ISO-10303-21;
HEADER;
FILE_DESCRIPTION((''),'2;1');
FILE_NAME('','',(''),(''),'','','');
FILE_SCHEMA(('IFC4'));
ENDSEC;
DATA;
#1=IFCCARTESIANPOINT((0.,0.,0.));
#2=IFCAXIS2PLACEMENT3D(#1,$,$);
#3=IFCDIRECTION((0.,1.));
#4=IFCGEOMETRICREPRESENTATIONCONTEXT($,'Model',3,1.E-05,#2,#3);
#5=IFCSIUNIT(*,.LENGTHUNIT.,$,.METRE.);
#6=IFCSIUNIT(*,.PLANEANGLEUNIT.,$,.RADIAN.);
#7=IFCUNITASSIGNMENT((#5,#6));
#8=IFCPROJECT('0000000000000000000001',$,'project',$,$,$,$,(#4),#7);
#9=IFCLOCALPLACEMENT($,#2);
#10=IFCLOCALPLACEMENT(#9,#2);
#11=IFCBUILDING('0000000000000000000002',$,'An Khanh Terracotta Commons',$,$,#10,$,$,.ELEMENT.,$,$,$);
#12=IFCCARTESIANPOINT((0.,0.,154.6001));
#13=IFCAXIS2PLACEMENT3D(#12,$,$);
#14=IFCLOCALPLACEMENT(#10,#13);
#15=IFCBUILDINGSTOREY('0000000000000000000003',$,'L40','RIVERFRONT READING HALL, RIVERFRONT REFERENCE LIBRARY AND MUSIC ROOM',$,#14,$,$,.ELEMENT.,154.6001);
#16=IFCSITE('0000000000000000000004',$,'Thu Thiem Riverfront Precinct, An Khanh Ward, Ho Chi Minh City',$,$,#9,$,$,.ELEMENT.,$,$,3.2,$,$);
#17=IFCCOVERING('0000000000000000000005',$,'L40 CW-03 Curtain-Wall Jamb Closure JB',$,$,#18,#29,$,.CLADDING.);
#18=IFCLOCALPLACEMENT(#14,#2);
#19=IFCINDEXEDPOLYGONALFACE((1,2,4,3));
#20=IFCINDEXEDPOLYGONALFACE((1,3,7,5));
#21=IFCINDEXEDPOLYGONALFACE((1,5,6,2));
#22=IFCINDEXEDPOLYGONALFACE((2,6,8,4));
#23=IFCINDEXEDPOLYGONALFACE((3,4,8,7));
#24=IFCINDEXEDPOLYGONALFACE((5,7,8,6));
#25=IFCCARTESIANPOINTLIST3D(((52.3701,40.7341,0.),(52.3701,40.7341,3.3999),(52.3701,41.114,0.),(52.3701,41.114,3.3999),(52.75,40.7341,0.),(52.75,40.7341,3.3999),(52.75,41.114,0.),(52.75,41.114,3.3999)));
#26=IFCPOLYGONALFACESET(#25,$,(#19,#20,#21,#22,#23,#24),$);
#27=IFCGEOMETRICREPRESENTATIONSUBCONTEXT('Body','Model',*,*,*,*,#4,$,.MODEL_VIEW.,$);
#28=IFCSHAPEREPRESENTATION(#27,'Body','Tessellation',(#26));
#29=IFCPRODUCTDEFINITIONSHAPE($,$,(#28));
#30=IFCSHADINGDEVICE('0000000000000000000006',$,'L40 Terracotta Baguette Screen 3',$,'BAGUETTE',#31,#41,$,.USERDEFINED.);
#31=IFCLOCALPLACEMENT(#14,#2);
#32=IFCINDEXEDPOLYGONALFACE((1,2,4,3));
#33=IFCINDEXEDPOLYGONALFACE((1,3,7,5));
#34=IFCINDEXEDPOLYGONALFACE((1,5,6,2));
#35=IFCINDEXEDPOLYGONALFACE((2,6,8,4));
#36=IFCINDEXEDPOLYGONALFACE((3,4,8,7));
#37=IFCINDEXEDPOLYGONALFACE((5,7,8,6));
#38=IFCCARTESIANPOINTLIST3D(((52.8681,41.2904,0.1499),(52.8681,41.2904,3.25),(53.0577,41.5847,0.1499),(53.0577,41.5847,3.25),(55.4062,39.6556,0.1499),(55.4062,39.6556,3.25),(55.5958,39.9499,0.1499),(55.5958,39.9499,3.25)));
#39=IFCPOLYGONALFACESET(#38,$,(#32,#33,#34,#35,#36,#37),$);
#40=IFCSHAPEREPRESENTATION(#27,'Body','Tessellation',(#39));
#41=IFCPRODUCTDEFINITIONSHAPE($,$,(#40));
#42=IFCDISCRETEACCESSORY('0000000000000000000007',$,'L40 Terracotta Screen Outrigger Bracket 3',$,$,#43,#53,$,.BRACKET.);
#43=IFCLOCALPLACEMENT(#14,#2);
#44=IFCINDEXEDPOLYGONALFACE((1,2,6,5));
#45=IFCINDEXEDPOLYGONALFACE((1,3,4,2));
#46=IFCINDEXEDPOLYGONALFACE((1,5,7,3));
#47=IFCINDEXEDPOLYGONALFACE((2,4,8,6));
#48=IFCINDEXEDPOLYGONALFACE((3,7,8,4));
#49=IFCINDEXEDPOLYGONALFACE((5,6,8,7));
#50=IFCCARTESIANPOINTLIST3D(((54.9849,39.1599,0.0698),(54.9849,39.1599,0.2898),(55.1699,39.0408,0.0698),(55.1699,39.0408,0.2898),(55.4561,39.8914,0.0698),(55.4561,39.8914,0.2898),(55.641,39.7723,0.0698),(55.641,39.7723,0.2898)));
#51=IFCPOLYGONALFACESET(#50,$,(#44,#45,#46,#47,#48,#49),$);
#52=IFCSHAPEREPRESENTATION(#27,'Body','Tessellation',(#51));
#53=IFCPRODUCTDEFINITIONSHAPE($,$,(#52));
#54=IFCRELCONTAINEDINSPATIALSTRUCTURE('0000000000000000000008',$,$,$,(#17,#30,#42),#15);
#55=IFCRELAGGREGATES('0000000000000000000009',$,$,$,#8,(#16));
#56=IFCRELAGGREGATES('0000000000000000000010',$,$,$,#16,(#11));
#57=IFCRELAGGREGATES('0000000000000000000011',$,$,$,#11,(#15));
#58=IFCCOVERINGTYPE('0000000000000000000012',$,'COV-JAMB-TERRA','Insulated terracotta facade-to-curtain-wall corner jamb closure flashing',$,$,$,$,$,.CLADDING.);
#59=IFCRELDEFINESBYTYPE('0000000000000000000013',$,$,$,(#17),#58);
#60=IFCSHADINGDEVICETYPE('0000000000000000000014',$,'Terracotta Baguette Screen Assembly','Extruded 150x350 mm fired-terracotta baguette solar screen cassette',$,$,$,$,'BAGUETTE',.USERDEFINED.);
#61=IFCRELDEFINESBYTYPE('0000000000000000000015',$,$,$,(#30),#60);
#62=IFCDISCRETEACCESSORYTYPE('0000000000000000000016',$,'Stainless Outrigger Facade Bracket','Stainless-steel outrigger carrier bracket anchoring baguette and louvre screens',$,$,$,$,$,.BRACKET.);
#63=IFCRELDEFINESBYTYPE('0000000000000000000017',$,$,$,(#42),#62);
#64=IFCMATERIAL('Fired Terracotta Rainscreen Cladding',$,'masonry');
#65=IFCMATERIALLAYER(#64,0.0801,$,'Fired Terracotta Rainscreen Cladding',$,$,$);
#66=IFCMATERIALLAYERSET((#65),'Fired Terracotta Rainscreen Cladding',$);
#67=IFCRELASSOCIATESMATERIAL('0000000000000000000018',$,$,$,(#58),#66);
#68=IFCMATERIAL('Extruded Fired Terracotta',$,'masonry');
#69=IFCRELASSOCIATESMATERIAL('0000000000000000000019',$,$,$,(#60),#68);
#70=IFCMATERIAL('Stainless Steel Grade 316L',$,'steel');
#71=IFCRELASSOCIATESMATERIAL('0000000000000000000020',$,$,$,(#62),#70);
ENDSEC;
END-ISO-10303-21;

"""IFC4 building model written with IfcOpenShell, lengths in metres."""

from ifc_helpers import new_model, si_unit, direction, frame, origin, origin_2d, place, context, subcontext, project, spatial, rectangle, extrude, material, layer, layer_set, type_object, element, save


model = new_model("IFC4")

# Units and contexts
model_context = context("Model", 3, precision=1e-05, world=origin(), true_north=direction((0.0, 1.0)))
body_context = subcontext(model_context, "Body", "Model", "MODEL_VIEW")
ifc_project = project(units=[si_unit("LENGTHUNIT", "METRE"), si_unit("PLANEANGLEUNIT", "RADIAN")], contexts=[model_context])

# Site, building, storey
site_placement = place(None, origin())
site = spatial("IfcSite", under=ifc_project, at=site_placement, Name="Thu Thiem Riverfront Precinct, An Khanh Ward, Ho Chi Minh City", CompositionType="ELEMENT", RefElevation=3.2)
building_placement = place(site_placement, origin())
building = spatial("IfcBuilding", under=site, at=building_placement, Name="An Khanh Terracotta Commons", CompositionType="ELEMENT")
storey_placement = place(building_placement, frame((0.0, 0.0, 154.6001)))
storey = spatial("IfcBuildingStorey", under=building, at=storey_placement, Name="L40", Description="RIVERFRONT READING HALL, RIVERFRONT REFERENCE LIBRARY AND MUSIC ROOM", CompositionType="ELEMENT", Elevation=154.6001)

# Covering
ifc_material_1 = material(Name="Fired Terracotta Rainscreen Cladding", Category="masonry")
ifc_layer_1 = layer(ifc_material_1, 0.0801, Name="Fired Terracotta Rainscreen Cladding")
ifc_layer_set_1 = layer_set([ifc_layer_1], Name="Fired Terracotta Rainscreen Cladding")
covering_type = type_object("IfcCoveringType", Name="COV-JAMB-TERRA", Description="Insulated terracotta facade-to-curtain-wall corner jamb closure flashing", PredefinedType="CLADDING", material=ifc_layer_set_1)
covering_placement = place(storey_placement, frame((52.5601, 40.9241, 0.0), z_axis=(0.0, 0.0, 1.0), x_axis=(1.0, 0.0, 0.0)))
element("IfcCovering", 1, at=covering_placement, inside=storey, type_object=covering_type, Name="L40 CW-03 Curtain-Wall Jamb Closure JB", PredefinedType="CLADDING", context=body_context, shape_type="SweptSolid", body=[
    extrude(rectangle(XDim=0.3799, YDim=0.3799, at=origin_2d()), origin(), (0.0, 0.0, 1.0), 3.3999),
])

# Shading device
ifc_material_2 = material(Name="Extruded Fired Terracotta", Category="masonry")
shading_device_type = type_object("IfcShadingDeviceType", Name="Terracotta Baguette Screen Assembly", Description="Extruded 150x350 mm fired-terracotta baguette solar screen cassette", ElementType="BAGUETTE", PredefinedType="USERDEFINED", material=ifc_material_2)
shading_device_placement = place(storey_placement, frame((54.2319, 40.6201, 0.1499), z_axis=(0.0, 0.0, 1.0), x_axis=(-0.840702, 0.541498, 0.0)))
element("IfcShadingDevice", 2, at=shading_device_placement, inside=storey, type_object=shading_device_type, Name="L40 Terracotta Baguette Screen 3", ObjectType="BAGUETTE", PredefinedType="USERDEFINED", context=body_context, shape_type="SweptSolid", body=[
    extrude(rectangle(XDim=3.019, YDim=0.3501, at=origin_2d()), origin(), (0.0, 0.0, 1.0), 3.1001),
])

# Discrete accessory
ifc_material_3 = material(Name="Stainless Steel Grade 316L", Category="steel")
discrete_accessory_type = type_object("IfcDiscreteAccessoryType", Name="Stainless Outrigger Facade Bracket", Description="Stainless-steel outrigger carrier bracket anchoring baguette and louvre screens", PredefinedType="BRACKET", material=ifc_material_3)
discrete_accessory_placement = place(storey_placement, frame((55.313, 39.4661, 0.0698), z_axis=(0.0, 0.0, 1.0), x_axis=(-0.840702, 0.541498, 0.0)))
element("IfcDiscreteAccessory", 3, at=discrete_accessory_placement, inside=storey, type_object=discrete_accessory_type, Name="L40 Terracotta Screen Outrigger Bracket 3", PredefinedType="BRACKET", context=body_context, shape_type="SweptSolid", body=[
    extrude(rectangle(XDim=0.22, YDim=0.8701, at=origin_2d()), origin(), (0.0, 0.0, 1.0), 0.22),
])

save(model, "model.ifc")
